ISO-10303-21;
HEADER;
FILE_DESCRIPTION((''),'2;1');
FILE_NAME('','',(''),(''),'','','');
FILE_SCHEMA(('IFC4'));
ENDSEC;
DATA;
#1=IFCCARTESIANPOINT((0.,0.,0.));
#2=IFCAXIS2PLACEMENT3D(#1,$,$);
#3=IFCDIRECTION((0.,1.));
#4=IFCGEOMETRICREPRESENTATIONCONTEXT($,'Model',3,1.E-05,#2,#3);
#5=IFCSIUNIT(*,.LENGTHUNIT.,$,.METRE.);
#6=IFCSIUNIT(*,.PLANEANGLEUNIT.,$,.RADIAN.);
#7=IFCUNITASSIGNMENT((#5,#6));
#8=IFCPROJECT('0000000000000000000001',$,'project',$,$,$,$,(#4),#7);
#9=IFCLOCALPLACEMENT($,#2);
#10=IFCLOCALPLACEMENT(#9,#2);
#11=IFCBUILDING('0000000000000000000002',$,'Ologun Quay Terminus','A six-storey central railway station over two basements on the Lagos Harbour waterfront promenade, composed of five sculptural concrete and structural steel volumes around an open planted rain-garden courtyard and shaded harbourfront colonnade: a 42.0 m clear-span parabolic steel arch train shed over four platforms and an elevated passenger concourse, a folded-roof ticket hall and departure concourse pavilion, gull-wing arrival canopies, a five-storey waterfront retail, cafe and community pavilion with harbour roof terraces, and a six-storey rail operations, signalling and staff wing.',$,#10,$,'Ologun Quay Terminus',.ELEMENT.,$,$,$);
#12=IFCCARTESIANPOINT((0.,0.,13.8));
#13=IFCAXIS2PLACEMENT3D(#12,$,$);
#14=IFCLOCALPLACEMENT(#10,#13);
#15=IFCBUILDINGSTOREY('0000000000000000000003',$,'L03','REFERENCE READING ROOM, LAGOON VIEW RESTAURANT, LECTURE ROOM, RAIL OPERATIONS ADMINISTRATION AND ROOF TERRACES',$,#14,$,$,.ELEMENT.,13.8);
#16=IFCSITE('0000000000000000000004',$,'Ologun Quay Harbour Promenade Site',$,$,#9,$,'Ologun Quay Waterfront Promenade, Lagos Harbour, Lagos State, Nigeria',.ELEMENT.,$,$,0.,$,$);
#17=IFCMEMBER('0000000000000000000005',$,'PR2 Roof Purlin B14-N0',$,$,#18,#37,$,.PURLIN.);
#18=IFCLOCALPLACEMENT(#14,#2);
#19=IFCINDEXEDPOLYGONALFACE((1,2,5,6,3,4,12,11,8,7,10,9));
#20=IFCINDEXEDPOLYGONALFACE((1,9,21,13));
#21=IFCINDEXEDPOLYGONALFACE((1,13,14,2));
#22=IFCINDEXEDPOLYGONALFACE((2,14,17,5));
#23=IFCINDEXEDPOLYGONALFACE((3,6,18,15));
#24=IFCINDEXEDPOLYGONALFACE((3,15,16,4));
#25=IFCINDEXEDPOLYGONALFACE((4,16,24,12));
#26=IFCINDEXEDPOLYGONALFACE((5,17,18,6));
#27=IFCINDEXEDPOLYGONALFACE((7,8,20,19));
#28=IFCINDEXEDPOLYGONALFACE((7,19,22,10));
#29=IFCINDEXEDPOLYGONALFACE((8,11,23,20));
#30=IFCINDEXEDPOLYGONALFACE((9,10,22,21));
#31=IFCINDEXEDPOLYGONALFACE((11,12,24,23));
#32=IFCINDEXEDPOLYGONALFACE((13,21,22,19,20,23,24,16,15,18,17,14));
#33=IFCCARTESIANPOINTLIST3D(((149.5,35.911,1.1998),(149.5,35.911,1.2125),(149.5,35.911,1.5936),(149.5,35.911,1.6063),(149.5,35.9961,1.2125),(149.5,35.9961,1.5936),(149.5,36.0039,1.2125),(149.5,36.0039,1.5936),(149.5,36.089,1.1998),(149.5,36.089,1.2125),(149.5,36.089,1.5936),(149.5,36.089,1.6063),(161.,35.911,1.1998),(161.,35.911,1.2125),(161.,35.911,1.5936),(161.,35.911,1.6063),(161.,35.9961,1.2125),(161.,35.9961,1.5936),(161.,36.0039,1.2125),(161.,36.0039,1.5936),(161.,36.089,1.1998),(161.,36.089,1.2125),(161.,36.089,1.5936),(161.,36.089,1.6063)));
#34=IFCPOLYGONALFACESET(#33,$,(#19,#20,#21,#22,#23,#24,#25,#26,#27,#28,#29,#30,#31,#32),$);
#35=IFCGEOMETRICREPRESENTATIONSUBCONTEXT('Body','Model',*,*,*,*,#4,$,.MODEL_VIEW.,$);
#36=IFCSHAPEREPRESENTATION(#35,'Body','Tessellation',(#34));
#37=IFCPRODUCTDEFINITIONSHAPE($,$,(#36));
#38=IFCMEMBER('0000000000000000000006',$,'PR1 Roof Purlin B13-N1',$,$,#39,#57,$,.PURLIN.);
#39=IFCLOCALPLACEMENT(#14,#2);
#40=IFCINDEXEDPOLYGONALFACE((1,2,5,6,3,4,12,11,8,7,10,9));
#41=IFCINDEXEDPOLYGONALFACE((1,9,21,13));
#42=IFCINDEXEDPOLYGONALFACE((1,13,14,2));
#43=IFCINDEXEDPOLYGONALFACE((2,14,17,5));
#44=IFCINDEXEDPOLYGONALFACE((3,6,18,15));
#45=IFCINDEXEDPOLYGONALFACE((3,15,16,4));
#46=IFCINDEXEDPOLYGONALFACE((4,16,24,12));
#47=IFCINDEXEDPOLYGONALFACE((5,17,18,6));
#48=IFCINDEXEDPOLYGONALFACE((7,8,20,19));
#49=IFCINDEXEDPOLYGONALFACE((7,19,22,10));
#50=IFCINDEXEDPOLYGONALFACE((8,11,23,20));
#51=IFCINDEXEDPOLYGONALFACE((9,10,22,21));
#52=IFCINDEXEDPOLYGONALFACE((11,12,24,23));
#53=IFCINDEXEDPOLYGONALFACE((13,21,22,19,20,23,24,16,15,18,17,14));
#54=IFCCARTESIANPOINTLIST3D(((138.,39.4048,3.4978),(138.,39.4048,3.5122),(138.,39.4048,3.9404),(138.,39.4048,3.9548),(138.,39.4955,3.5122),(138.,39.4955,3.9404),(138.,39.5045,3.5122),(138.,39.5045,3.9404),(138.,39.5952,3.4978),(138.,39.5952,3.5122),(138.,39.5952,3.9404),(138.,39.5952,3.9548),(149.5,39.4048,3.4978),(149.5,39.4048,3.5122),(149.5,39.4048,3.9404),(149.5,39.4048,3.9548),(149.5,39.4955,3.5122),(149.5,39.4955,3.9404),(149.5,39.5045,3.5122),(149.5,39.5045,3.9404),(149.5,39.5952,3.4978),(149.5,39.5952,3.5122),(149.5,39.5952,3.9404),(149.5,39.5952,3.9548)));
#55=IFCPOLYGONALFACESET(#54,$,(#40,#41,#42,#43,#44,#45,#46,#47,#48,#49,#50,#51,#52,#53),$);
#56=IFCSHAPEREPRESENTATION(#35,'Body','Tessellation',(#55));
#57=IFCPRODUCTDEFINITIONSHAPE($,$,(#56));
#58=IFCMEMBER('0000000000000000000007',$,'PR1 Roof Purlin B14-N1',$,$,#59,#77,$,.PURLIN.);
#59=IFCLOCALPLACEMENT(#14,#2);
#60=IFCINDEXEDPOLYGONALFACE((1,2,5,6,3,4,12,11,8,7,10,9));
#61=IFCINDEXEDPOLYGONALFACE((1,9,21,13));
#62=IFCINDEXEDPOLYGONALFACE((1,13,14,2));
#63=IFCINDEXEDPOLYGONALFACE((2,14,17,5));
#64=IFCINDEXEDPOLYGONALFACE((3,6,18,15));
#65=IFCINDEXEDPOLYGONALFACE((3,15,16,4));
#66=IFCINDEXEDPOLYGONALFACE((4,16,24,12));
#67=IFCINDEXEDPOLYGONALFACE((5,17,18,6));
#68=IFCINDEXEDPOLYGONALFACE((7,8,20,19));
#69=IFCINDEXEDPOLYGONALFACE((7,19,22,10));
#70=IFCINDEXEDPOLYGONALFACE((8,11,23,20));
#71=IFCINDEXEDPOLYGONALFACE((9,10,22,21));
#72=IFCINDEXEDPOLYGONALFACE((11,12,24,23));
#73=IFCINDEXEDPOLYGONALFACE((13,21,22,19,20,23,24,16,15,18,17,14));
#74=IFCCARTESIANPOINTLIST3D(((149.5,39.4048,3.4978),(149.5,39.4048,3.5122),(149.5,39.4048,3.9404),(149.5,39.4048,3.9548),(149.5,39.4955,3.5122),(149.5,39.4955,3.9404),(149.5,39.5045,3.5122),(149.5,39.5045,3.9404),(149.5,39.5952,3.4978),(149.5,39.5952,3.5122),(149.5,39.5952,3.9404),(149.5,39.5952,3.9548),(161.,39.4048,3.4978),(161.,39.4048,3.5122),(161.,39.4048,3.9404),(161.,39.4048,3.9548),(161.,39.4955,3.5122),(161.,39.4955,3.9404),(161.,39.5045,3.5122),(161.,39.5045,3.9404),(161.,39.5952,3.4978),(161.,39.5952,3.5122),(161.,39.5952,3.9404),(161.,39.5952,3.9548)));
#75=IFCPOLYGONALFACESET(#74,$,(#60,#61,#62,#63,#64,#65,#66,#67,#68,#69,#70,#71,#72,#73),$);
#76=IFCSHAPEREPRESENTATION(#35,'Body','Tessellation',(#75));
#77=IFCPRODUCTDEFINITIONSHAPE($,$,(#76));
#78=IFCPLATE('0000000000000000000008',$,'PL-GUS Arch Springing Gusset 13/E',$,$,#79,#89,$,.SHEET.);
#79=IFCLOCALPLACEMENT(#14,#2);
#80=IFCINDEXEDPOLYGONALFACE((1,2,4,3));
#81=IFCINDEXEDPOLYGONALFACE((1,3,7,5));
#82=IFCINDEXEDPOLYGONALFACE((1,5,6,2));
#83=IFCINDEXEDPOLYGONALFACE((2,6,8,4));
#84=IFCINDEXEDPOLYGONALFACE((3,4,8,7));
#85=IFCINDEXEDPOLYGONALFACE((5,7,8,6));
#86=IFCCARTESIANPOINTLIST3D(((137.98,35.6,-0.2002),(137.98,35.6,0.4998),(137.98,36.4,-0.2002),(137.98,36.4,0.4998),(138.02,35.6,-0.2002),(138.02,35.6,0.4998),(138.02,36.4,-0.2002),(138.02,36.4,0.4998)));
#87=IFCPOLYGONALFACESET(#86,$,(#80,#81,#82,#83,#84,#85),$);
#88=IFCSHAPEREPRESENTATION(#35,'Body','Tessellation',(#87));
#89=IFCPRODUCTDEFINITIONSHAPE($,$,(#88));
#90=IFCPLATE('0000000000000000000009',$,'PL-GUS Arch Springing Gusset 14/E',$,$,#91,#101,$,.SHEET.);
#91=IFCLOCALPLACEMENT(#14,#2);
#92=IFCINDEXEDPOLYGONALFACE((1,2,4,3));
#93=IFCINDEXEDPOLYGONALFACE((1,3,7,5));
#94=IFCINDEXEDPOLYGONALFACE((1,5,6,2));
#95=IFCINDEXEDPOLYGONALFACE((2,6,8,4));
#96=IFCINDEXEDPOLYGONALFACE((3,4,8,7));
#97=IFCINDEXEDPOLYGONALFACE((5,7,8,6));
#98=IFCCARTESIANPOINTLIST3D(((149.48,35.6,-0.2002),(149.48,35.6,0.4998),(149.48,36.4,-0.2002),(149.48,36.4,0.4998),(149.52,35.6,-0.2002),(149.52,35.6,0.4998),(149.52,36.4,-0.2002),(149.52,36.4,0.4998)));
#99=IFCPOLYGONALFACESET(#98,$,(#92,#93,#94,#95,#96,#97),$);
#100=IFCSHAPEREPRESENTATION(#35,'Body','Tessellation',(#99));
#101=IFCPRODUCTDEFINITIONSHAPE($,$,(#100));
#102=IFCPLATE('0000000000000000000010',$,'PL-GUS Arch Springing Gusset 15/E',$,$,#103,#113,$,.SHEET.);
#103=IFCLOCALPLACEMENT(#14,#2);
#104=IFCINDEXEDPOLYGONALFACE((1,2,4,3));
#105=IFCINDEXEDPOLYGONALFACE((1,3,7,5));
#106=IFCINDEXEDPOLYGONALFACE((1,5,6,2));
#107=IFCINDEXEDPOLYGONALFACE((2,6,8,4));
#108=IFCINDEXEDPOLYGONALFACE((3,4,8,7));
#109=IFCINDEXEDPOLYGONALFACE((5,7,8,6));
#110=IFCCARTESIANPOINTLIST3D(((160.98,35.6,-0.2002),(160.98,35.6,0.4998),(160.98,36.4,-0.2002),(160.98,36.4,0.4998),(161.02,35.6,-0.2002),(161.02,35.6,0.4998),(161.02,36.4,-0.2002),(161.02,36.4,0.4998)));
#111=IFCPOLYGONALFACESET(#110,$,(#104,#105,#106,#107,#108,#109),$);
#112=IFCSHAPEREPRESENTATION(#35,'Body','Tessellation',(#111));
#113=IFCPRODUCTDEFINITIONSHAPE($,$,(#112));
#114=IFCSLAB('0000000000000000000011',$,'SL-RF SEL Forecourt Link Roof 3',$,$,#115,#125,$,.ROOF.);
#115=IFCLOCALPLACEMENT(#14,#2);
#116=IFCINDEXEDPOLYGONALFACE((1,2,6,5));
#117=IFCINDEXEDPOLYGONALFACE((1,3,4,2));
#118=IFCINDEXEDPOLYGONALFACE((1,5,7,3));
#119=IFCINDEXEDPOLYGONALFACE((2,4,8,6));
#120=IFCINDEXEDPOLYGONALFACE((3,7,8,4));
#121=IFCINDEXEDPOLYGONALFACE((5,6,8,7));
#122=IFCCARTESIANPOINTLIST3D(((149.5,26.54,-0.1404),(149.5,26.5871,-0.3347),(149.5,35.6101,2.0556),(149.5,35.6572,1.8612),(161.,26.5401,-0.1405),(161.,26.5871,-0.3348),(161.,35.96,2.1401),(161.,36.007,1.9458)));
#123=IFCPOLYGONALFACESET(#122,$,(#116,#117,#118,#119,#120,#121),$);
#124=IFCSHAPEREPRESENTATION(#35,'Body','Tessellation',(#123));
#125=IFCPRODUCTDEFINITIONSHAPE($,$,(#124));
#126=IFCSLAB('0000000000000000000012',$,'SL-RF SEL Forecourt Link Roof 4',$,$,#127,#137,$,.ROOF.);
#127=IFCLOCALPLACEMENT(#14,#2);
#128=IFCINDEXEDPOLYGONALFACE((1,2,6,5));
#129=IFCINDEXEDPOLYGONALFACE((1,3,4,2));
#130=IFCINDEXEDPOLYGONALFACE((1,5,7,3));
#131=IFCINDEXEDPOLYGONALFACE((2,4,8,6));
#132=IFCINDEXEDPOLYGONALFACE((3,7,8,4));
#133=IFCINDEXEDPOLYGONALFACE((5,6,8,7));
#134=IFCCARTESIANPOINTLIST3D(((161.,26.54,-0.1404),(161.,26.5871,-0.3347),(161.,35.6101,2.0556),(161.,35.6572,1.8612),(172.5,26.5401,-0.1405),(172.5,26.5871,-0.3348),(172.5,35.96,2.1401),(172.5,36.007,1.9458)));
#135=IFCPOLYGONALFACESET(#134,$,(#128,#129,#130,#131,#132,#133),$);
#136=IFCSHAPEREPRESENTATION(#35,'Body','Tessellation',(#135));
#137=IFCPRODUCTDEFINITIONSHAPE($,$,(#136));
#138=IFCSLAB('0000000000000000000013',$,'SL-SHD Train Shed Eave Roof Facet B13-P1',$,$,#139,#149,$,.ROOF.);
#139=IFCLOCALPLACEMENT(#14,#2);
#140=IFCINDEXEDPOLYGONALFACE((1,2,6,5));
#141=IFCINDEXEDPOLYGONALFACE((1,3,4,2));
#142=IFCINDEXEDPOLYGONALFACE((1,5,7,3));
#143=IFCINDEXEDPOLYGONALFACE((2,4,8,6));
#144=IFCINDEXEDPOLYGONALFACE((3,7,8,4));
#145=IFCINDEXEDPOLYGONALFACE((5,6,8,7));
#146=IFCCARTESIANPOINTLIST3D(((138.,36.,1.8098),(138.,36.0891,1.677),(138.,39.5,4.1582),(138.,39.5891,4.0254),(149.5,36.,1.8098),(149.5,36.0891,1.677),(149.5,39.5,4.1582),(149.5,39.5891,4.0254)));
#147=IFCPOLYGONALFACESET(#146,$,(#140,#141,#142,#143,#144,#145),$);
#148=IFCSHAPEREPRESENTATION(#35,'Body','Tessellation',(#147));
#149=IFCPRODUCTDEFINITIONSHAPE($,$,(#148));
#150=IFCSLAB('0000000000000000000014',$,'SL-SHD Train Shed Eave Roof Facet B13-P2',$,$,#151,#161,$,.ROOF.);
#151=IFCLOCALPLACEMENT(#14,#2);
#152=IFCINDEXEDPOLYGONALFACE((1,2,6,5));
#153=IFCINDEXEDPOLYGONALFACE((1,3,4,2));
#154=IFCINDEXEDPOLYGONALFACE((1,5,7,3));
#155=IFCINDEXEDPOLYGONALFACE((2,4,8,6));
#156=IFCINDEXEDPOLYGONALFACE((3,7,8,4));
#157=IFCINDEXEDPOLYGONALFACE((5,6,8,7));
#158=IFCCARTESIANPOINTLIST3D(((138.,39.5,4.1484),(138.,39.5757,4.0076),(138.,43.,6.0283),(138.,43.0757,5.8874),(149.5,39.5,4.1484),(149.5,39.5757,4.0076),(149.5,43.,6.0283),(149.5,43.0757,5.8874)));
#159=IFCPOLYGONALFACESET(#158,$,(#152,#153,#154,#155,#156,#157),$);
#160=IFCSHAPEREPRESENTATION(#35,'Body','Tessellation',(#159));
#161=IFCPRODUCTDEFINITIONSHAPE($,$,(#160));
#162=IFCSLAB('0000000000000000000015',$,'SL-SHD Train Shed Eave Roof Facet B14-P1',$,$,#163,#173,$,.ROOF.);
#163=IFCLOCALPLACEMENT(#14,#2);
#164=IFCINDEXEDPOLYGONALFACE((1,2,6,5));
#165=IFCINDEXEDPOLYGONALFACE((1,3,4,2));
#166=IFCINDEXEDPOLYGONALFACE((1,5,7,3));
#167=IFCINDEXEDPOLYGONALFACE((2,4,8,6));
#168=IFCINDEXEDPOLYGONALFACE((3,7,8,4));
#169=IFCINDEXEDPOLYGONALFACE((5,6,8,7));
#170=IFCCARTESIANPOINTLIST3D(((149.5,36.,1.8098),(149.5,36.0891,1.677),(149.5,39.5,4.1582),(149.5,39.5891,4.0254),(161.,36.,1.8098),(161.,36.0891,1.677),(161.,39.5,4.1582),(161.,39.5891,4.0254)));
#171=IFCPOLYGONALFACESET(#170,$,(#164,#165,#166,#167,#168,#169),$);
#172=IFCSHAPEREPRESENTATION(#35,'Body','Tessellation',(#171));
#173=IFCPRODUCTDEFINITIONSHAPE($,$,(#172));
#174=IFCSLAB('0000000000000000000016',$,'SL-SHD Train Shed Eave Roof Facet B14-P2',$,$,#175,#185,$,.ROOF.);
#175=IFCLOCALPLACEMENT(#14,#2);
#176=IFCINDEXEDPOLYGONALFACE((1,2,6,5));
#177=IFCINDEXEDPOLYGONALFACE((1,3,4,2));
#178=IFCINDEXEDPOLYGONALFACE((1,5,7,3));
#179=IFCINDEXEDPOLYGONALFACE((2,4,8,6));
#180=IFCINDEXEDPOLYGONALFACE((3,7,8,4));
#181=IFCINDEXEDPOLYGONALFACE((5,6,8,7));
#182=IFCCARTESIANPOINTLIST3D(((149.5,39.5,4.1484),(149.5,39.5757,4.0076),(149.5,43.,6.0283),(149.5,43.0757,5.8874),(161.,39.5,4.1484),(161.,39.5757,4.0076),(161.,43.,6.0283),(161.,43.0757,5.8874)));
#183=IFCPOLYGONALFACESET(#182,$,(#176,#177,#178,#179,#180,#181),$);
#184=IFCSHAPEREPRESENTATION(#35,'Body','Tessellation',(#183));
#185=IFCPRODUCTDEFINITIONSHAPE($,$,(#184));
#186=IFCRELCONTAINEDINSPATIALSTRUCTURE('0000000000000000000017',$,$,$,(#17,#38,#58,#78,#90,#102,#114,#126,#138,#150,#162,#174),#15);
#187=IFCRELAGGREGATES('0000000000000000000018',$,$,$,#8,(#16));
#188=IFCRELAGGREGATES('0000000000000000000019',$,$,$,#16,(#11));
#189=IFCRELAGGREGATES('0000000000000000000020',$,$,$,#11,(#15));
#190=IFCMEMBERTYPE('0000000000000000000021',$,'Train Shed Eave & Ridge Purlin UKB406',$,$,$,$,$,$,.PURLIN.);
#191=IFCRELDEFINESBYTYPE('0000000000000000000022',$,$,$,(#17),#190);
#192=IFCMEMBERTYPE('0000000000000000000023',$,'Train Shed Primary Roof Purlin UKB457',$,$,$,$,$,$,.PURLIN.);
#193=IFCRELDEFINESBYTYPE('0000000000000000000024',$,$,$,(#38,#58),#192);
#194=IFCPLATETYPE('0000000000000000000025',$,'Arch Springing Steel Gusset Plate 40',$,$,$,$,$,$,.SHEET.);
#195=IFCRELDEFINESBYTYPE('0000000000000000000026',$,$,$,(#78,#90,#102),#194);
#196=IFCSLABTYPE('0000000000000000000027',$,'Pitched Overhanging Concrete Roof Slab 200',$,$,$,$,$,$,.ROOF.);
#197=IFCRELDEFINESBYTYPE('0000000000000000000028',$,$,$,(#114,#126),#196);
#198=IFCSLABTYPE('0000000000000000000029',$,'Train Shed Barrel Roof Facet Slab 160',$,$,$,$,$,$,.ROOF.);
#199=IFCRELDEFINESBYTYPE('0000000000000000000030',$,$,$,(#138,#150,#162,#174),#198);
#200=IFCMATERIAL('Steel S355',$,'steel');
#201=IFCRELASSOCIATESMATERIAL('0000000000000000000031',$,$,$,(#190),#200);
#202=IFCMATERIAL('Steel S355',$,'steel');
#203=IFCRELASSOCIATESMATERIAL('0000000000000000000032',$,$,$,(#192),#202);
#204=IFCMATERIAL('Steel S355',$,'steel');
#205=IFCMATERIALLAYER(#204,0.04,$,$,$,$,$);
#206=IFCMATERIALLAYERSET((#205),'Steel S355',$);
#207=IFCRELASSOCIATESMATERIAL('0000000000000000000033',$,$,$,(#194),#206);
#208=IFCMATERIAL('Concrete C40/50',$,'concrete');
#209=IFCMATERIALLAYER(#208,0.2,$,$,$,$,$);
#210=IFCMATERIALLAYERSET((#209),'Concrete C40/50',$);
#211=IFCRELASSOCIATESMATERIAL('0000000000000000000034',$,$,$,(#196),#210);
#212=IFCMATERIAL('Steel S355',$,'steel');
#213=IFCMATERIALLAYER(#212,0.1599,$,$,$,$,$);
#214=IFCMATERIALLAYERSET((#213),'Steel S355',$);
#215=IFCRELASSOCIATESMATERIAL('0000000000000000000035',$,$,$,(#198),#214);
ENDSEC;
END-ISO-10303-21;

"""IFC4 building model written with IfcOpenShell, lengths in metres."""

from ifc_helpers import new_model, si_unit, direction, frame, origin, origin_2d, place, context, subcontext, project, spatial, polyline, rectangle, i_section, outline, extrude, material, layer, layer_set, material_profile, profile_set, type_object, element, save


model = new_model("IFC4")

# Units and contexts
model_context = context("Model", 3, precision=1e-05, world=origin(), true_north=direction((0.0, 1.0)))
body_context = subcontext(model_context, "Body", "Model", "MODEL_VIEW")
ifc_project = project(units=[si_unit("LENGTHUNIT", "METRE"), si_unit("PLANEANGLEUNIT", "RADIAN")], contexts=[model_context])

# Site, building, storey
site_placement = place(None, origin())
site = spatial("IfcSite", under=ifc_project, at=site_placement, Name="Ologun Quay Harbour Promenade Site", LongName="Ologun Quay Waterfront Promenade, Lagos Harbour, Lagos State, Nigeria", CompositionType="ELEMENT", RefElevation=0.0)
building_placement = place(site_placement, origin())
building = spatial("IfcBuilding", under=site, at=building_placement, Name="Ologun Quay Terminus", Description="A six-storey central railway station over two basements on the Lagos Harbour waterfront promenade, composed of five sculptural concrete and structural steel volumes around an open planted rain-garden courtyard and shaded harbourfront colonnade: a 42.0 m clear-span parabolic steel arch train shed over four platforms and an elevated passenger concourse, a folded-roof ticket hall and departure concourse pavilion, gull-wing arrival canopies, a five-storey waterfront retail, cafe and community pavilion with harbour roof terraces, and a six-storey rail operations, signalling and staff wing.", LongName="Ologun Quay Terminus", CompositionType="ELEMENT")
storey_placement = place(building_placement, frame((0.0, 0.0, 13.8)))
storey = spatial("IfcBuildingStorey", under=building, at=storey_placement, Name="L03", Description="REFERENCE READING ROOM, LAGOON VIEW RESTAURANT, LECTURE ROOM, RAIL OPERATIONS ADMINISTRATION AND ROOF TERRACES", CompositionType="ELEMENT", Elevation=13.8)

# Members
ifc_material_1 = material(Name="Steel S355", Category="steel")
ifc_material_profile_1 = material_profile(ifc_material_1, i_section(OverallWidth=0.178, OverallDepth=0.4065, WebThickness=0.0078, FlangeThickness=0.0127, at=origin_2d()), Name="UKB 406x178x60")
ifc_profile_set_1 = profile_set([ifc_material_profile_1], Name="Steel S355")
member_type_1 = type_object("IfcMemberType", Name="Train Shed Eave & Ridge Purlin UKB406", PredefinedType="PURLIN", material=ifc_profile_set_1)
for number, where, z_axis, x_axis, name in (
    (1, (149.5, 36.0, 1.4031), (1.0, 0.0, 0.0), (0.0, 1.0, 0.0), "PR2 Roof Purlin B14-N0"),
):
    element("IfcMember", number, at=place(storey_placement, frame(where, z_axis=z_axis, x_axis=x_axis)), inside=storey, type_object=member_type_1, Name=name, PredefinedType="PURLIN", context=body_context, shape_type="SweptSolid", body=[
        extrude(i_section(OverallWidth=0.178, OverallDepth=0.4065, WebThickness=0.0078, FlangeThickness=0.0127, at=origin_2d()), origin(), (0.0, 0.0, 1.0), 11.5),
    ])
ifc_material_2 = material(Name="Steel S355", Category="steel")
ifc_material_profile_2 = material_profile(ifc_material_2, i_section(OverallWidth=0.1904, OverallDepth=0.457, WebThickness=0.009, FlangeThickness=0.0144, at=origin_2d()), Name="UKB 457x191x74")
ifc_profile_set_2 = profile_set([ifc_material_profile_2], Name="Steel S355")
member_type_2 = type_object("IfcMemberType", Name="Train Shed Primary Roof Purlin UKB457", PredefinedType="PURLIN", material=ifc_profile_set_2)
for number, where, z_axis, x_axis, name in (
    (2, (138.0, 39.5, 3.7263), (1.0, 0.0, 0.0), (0.0, 1.0, 0.0), "PR1 Roof Purlin B13-N1"),
    (3, (149.5, 39.5, 3.7263), (1.0, 0.0, 0.0), (0.0, 1.0, 0.0), "PR1 Roof Purlin B14-N1"),
):
    element("IfcMember", number, at=place(storey_placement, frame(where, z_axis=z_axis, x_axis=x_axis)), inside=storey, type_object=member_type_2, Name=name, PredefinedType="PURLIN", context=body_context, shape_type="SweptSolid", body=[
        extrude(i_section(OverallWidth=0.1904, OverallDepth=0.457, WebThickness=0.009, FlangeThickness=0.0144, at=origin_2d()), origin(), (0.0, 0.0, 1.0), 11.5),
    ])

# Plates
ifc_material_3 = material(Name="Steel S355", Category="steel")
ifc_layer_1 = layer(ifc_material_3, 0.04)
ifc_layer_set_1 = layer_set([ifc_layer_1], Name="Steel S355")
plate_type = type_object("IfcPlateType", Name="Arch Springing Steel Gusset Plate 40", PredefinedType="SHEET", material=ifc_layer_set_1)
for number, where, z_axis, x_axis, name in (
    (4, (138.0, 36.0, -0.2002), (0.0, 0.0, 1.0), (0.0, 1.0, 0.0), "PL-GUS Arch Springing Gusset 13/E"),
    (5, (149.5, 36.0, -0.2002), (0.0, 0.0, 1.0), (0.0, 1.0, 0.0), "PL-GUS Arch Springing Gusset 14/E"),
    (6, (161.0, 36.0, -0.2002), (0.0, 0.0, 1.0), (0.0, 1.0, 0.0), "PL-GUS Arch Springing Gusset 15/E"),
):
    element("IfcPlate", number, at=place(storey_placement, frame(where, z_axis=z_axis, x_axis=x_axis)), inside=storey, type_object=plate_type, Name=name, PredefinedType="SHEET", context=body_context, shape_type="SweptSolid", body=[
        extrude(rectangle(XDim=0.8, YDim=0.04, at=origin_2d()), origin(), (0.0, 0.0, 1.0), 0.7),
    ])

# Slabs
ifc_material_4 = material(Name="Concrete C40/50", Category="concrete")
ifc_layer_2 = layer(ifc_material_4, 0.2)
ifc_layer_set_2 = layer_set([ifc_layer_2], Name="Concrete C40/50")
slab_type_1 = type_object("IfcSlabType", Name="Pitched Overhanging Concrete Roof Slab 200", PredefinedType="ROOF", material=ifc_layer_set_2)
for number, where, z_axis, x_axis, name in (
    (7, (149.5, 26.54, -0.1404), (0.00001, -0.235309, 0.971921), (1.0, 0.000002, -0.000009), "SL-RF SEL Forecourt Link Roof 3"),
    (8, (161.0, 26.54, -0.1404), (0.00001, -0.235309, 0.971921), (1.0, 0.000002, -0.000009), "SL-RF SEL Forecourt Link Roof 4"),
):
    element("IfcSlab", number, at=place(storey_placement, frame(where, z_axis=z_axis, x_axis=x_axis)), inside=storey, type_object=slab_type_1, Name=name, PredefinedType="ROOF", context=body_context, shape_type="SweptSolid", body=[
        extrude(outline(polyline([(0.0, 0.0), (11.5, 0.0), (11.5, 9.692), (0.0, 9.3321), (0.0, 0.0)])), origin(), (0.0, 0.0, -1.0), 0.2),
    ])
ifc_material_5 = material(Name="Steel S355", Category="steel")
ifc_layer_3 = layer(ifc_material_5, 0.1599)
ifc_layer_set_3 = layer_set([ifc_layer_3], Name="Steel S355")
slab_type_2 = type_object("IfcSlabType", Name="Train Shed Barrel Roof Facet Slab 160", PredefinedType="ROOF", material=ifc_layer_set_3)
slab_1_placement = place(storey_placement, frame((138.0, 36.0, 1.8098), z_axis=(0.0, -0.557171, 0.830398), x_axis=(1.0, 0.0, 0.0)))
element("IfcSlab", 9, at=slab_1_placement, inside=storey, type_object=slab_type_2, Name="SL-SHD Train Shed Eave Roof Facet B13-P1", PredefinedType="ROOF", context=body_context, shape_type="SweptSolid", body=[
    extrude(outline(polyline([(0.0, 0.0), (11.5, 0.0), (11.5, 4.2148), (0.0, 4.2148), (0.0, 0.0)])), origin(), (0.0, 0.0, -1.0), 0.1599),
])
slab_2_placement = place(storey_placement, frame((138.0, 39.5, 4.1484), z_axis=(0.0, -0.473176, 0.880968), x_axis=(1.0, 0.0, 0.0)))
element("IfcSlab", 10, at=slab_2_placement, inside=storey, type_object=slab_type_2, Name="SL-SHD Train Shed Eave Roof Facet B13-P2", PredefinedType="ROOF", context=body_context, shape_type="SweptSolid", body=[
    extrude(outline(polyline([(0.0, 0.0), (11.5, 0.0), (11.5, 3.9729), (0.0, 3.9729), (0.0, 0.0)])), origin(), (0.0, 0.0, -1.0), 0.1599),
])
slab_3_placement = place(storey_placement, frame((149.5, 36.0, 1.8098), z_axis=(0.0, -0.557171, 0.830398), x_axis=(1.0, 0.0, 0.0)))
element("IfcSlab", 11, at=slab_3_placement, inside=storey, type_object=slab_type_2, Name="SL-SHD Train Shed Eave Roof Facet B14-P1", PredefinedType="ROOF", context=body_context, shape_type="SweptSolid", body=[
    extrude(outline(polyline([(0.0, 0.0), (11.5, 0.0), (11.5, 4.2148), (0.0, 4.2148), (0.0, 0.0)])), origin(), (0.0, 0.0, -1.0), 0.1599),
])
slab_4_placement = place(storey_placement, frame((149.5, 39.5, 4.1484), z_axis=(0.0, -0.473176, 0.880968), x_axis=(1.0, 0.0, 0.0)))
element("IfcSlab", 12, at=slab_4_placement, inside=storey, type_object=slab_type_2, Name="SL-SHD Train Shed Eave Roof Facet B14-P2", PredefinedType="ROOF", context=body_context, shape_type="SweptSolid", body=[
    extrude(outline(polyline([(0.0, 0.0), (11.5, 0.0), (11.5, 3.9729), (0.0, 3.9729), (0.0, 0.0)])), origin(), (0.0, 0.0, -1.0), 0.1599),
])

save(model, "model.ifc")
